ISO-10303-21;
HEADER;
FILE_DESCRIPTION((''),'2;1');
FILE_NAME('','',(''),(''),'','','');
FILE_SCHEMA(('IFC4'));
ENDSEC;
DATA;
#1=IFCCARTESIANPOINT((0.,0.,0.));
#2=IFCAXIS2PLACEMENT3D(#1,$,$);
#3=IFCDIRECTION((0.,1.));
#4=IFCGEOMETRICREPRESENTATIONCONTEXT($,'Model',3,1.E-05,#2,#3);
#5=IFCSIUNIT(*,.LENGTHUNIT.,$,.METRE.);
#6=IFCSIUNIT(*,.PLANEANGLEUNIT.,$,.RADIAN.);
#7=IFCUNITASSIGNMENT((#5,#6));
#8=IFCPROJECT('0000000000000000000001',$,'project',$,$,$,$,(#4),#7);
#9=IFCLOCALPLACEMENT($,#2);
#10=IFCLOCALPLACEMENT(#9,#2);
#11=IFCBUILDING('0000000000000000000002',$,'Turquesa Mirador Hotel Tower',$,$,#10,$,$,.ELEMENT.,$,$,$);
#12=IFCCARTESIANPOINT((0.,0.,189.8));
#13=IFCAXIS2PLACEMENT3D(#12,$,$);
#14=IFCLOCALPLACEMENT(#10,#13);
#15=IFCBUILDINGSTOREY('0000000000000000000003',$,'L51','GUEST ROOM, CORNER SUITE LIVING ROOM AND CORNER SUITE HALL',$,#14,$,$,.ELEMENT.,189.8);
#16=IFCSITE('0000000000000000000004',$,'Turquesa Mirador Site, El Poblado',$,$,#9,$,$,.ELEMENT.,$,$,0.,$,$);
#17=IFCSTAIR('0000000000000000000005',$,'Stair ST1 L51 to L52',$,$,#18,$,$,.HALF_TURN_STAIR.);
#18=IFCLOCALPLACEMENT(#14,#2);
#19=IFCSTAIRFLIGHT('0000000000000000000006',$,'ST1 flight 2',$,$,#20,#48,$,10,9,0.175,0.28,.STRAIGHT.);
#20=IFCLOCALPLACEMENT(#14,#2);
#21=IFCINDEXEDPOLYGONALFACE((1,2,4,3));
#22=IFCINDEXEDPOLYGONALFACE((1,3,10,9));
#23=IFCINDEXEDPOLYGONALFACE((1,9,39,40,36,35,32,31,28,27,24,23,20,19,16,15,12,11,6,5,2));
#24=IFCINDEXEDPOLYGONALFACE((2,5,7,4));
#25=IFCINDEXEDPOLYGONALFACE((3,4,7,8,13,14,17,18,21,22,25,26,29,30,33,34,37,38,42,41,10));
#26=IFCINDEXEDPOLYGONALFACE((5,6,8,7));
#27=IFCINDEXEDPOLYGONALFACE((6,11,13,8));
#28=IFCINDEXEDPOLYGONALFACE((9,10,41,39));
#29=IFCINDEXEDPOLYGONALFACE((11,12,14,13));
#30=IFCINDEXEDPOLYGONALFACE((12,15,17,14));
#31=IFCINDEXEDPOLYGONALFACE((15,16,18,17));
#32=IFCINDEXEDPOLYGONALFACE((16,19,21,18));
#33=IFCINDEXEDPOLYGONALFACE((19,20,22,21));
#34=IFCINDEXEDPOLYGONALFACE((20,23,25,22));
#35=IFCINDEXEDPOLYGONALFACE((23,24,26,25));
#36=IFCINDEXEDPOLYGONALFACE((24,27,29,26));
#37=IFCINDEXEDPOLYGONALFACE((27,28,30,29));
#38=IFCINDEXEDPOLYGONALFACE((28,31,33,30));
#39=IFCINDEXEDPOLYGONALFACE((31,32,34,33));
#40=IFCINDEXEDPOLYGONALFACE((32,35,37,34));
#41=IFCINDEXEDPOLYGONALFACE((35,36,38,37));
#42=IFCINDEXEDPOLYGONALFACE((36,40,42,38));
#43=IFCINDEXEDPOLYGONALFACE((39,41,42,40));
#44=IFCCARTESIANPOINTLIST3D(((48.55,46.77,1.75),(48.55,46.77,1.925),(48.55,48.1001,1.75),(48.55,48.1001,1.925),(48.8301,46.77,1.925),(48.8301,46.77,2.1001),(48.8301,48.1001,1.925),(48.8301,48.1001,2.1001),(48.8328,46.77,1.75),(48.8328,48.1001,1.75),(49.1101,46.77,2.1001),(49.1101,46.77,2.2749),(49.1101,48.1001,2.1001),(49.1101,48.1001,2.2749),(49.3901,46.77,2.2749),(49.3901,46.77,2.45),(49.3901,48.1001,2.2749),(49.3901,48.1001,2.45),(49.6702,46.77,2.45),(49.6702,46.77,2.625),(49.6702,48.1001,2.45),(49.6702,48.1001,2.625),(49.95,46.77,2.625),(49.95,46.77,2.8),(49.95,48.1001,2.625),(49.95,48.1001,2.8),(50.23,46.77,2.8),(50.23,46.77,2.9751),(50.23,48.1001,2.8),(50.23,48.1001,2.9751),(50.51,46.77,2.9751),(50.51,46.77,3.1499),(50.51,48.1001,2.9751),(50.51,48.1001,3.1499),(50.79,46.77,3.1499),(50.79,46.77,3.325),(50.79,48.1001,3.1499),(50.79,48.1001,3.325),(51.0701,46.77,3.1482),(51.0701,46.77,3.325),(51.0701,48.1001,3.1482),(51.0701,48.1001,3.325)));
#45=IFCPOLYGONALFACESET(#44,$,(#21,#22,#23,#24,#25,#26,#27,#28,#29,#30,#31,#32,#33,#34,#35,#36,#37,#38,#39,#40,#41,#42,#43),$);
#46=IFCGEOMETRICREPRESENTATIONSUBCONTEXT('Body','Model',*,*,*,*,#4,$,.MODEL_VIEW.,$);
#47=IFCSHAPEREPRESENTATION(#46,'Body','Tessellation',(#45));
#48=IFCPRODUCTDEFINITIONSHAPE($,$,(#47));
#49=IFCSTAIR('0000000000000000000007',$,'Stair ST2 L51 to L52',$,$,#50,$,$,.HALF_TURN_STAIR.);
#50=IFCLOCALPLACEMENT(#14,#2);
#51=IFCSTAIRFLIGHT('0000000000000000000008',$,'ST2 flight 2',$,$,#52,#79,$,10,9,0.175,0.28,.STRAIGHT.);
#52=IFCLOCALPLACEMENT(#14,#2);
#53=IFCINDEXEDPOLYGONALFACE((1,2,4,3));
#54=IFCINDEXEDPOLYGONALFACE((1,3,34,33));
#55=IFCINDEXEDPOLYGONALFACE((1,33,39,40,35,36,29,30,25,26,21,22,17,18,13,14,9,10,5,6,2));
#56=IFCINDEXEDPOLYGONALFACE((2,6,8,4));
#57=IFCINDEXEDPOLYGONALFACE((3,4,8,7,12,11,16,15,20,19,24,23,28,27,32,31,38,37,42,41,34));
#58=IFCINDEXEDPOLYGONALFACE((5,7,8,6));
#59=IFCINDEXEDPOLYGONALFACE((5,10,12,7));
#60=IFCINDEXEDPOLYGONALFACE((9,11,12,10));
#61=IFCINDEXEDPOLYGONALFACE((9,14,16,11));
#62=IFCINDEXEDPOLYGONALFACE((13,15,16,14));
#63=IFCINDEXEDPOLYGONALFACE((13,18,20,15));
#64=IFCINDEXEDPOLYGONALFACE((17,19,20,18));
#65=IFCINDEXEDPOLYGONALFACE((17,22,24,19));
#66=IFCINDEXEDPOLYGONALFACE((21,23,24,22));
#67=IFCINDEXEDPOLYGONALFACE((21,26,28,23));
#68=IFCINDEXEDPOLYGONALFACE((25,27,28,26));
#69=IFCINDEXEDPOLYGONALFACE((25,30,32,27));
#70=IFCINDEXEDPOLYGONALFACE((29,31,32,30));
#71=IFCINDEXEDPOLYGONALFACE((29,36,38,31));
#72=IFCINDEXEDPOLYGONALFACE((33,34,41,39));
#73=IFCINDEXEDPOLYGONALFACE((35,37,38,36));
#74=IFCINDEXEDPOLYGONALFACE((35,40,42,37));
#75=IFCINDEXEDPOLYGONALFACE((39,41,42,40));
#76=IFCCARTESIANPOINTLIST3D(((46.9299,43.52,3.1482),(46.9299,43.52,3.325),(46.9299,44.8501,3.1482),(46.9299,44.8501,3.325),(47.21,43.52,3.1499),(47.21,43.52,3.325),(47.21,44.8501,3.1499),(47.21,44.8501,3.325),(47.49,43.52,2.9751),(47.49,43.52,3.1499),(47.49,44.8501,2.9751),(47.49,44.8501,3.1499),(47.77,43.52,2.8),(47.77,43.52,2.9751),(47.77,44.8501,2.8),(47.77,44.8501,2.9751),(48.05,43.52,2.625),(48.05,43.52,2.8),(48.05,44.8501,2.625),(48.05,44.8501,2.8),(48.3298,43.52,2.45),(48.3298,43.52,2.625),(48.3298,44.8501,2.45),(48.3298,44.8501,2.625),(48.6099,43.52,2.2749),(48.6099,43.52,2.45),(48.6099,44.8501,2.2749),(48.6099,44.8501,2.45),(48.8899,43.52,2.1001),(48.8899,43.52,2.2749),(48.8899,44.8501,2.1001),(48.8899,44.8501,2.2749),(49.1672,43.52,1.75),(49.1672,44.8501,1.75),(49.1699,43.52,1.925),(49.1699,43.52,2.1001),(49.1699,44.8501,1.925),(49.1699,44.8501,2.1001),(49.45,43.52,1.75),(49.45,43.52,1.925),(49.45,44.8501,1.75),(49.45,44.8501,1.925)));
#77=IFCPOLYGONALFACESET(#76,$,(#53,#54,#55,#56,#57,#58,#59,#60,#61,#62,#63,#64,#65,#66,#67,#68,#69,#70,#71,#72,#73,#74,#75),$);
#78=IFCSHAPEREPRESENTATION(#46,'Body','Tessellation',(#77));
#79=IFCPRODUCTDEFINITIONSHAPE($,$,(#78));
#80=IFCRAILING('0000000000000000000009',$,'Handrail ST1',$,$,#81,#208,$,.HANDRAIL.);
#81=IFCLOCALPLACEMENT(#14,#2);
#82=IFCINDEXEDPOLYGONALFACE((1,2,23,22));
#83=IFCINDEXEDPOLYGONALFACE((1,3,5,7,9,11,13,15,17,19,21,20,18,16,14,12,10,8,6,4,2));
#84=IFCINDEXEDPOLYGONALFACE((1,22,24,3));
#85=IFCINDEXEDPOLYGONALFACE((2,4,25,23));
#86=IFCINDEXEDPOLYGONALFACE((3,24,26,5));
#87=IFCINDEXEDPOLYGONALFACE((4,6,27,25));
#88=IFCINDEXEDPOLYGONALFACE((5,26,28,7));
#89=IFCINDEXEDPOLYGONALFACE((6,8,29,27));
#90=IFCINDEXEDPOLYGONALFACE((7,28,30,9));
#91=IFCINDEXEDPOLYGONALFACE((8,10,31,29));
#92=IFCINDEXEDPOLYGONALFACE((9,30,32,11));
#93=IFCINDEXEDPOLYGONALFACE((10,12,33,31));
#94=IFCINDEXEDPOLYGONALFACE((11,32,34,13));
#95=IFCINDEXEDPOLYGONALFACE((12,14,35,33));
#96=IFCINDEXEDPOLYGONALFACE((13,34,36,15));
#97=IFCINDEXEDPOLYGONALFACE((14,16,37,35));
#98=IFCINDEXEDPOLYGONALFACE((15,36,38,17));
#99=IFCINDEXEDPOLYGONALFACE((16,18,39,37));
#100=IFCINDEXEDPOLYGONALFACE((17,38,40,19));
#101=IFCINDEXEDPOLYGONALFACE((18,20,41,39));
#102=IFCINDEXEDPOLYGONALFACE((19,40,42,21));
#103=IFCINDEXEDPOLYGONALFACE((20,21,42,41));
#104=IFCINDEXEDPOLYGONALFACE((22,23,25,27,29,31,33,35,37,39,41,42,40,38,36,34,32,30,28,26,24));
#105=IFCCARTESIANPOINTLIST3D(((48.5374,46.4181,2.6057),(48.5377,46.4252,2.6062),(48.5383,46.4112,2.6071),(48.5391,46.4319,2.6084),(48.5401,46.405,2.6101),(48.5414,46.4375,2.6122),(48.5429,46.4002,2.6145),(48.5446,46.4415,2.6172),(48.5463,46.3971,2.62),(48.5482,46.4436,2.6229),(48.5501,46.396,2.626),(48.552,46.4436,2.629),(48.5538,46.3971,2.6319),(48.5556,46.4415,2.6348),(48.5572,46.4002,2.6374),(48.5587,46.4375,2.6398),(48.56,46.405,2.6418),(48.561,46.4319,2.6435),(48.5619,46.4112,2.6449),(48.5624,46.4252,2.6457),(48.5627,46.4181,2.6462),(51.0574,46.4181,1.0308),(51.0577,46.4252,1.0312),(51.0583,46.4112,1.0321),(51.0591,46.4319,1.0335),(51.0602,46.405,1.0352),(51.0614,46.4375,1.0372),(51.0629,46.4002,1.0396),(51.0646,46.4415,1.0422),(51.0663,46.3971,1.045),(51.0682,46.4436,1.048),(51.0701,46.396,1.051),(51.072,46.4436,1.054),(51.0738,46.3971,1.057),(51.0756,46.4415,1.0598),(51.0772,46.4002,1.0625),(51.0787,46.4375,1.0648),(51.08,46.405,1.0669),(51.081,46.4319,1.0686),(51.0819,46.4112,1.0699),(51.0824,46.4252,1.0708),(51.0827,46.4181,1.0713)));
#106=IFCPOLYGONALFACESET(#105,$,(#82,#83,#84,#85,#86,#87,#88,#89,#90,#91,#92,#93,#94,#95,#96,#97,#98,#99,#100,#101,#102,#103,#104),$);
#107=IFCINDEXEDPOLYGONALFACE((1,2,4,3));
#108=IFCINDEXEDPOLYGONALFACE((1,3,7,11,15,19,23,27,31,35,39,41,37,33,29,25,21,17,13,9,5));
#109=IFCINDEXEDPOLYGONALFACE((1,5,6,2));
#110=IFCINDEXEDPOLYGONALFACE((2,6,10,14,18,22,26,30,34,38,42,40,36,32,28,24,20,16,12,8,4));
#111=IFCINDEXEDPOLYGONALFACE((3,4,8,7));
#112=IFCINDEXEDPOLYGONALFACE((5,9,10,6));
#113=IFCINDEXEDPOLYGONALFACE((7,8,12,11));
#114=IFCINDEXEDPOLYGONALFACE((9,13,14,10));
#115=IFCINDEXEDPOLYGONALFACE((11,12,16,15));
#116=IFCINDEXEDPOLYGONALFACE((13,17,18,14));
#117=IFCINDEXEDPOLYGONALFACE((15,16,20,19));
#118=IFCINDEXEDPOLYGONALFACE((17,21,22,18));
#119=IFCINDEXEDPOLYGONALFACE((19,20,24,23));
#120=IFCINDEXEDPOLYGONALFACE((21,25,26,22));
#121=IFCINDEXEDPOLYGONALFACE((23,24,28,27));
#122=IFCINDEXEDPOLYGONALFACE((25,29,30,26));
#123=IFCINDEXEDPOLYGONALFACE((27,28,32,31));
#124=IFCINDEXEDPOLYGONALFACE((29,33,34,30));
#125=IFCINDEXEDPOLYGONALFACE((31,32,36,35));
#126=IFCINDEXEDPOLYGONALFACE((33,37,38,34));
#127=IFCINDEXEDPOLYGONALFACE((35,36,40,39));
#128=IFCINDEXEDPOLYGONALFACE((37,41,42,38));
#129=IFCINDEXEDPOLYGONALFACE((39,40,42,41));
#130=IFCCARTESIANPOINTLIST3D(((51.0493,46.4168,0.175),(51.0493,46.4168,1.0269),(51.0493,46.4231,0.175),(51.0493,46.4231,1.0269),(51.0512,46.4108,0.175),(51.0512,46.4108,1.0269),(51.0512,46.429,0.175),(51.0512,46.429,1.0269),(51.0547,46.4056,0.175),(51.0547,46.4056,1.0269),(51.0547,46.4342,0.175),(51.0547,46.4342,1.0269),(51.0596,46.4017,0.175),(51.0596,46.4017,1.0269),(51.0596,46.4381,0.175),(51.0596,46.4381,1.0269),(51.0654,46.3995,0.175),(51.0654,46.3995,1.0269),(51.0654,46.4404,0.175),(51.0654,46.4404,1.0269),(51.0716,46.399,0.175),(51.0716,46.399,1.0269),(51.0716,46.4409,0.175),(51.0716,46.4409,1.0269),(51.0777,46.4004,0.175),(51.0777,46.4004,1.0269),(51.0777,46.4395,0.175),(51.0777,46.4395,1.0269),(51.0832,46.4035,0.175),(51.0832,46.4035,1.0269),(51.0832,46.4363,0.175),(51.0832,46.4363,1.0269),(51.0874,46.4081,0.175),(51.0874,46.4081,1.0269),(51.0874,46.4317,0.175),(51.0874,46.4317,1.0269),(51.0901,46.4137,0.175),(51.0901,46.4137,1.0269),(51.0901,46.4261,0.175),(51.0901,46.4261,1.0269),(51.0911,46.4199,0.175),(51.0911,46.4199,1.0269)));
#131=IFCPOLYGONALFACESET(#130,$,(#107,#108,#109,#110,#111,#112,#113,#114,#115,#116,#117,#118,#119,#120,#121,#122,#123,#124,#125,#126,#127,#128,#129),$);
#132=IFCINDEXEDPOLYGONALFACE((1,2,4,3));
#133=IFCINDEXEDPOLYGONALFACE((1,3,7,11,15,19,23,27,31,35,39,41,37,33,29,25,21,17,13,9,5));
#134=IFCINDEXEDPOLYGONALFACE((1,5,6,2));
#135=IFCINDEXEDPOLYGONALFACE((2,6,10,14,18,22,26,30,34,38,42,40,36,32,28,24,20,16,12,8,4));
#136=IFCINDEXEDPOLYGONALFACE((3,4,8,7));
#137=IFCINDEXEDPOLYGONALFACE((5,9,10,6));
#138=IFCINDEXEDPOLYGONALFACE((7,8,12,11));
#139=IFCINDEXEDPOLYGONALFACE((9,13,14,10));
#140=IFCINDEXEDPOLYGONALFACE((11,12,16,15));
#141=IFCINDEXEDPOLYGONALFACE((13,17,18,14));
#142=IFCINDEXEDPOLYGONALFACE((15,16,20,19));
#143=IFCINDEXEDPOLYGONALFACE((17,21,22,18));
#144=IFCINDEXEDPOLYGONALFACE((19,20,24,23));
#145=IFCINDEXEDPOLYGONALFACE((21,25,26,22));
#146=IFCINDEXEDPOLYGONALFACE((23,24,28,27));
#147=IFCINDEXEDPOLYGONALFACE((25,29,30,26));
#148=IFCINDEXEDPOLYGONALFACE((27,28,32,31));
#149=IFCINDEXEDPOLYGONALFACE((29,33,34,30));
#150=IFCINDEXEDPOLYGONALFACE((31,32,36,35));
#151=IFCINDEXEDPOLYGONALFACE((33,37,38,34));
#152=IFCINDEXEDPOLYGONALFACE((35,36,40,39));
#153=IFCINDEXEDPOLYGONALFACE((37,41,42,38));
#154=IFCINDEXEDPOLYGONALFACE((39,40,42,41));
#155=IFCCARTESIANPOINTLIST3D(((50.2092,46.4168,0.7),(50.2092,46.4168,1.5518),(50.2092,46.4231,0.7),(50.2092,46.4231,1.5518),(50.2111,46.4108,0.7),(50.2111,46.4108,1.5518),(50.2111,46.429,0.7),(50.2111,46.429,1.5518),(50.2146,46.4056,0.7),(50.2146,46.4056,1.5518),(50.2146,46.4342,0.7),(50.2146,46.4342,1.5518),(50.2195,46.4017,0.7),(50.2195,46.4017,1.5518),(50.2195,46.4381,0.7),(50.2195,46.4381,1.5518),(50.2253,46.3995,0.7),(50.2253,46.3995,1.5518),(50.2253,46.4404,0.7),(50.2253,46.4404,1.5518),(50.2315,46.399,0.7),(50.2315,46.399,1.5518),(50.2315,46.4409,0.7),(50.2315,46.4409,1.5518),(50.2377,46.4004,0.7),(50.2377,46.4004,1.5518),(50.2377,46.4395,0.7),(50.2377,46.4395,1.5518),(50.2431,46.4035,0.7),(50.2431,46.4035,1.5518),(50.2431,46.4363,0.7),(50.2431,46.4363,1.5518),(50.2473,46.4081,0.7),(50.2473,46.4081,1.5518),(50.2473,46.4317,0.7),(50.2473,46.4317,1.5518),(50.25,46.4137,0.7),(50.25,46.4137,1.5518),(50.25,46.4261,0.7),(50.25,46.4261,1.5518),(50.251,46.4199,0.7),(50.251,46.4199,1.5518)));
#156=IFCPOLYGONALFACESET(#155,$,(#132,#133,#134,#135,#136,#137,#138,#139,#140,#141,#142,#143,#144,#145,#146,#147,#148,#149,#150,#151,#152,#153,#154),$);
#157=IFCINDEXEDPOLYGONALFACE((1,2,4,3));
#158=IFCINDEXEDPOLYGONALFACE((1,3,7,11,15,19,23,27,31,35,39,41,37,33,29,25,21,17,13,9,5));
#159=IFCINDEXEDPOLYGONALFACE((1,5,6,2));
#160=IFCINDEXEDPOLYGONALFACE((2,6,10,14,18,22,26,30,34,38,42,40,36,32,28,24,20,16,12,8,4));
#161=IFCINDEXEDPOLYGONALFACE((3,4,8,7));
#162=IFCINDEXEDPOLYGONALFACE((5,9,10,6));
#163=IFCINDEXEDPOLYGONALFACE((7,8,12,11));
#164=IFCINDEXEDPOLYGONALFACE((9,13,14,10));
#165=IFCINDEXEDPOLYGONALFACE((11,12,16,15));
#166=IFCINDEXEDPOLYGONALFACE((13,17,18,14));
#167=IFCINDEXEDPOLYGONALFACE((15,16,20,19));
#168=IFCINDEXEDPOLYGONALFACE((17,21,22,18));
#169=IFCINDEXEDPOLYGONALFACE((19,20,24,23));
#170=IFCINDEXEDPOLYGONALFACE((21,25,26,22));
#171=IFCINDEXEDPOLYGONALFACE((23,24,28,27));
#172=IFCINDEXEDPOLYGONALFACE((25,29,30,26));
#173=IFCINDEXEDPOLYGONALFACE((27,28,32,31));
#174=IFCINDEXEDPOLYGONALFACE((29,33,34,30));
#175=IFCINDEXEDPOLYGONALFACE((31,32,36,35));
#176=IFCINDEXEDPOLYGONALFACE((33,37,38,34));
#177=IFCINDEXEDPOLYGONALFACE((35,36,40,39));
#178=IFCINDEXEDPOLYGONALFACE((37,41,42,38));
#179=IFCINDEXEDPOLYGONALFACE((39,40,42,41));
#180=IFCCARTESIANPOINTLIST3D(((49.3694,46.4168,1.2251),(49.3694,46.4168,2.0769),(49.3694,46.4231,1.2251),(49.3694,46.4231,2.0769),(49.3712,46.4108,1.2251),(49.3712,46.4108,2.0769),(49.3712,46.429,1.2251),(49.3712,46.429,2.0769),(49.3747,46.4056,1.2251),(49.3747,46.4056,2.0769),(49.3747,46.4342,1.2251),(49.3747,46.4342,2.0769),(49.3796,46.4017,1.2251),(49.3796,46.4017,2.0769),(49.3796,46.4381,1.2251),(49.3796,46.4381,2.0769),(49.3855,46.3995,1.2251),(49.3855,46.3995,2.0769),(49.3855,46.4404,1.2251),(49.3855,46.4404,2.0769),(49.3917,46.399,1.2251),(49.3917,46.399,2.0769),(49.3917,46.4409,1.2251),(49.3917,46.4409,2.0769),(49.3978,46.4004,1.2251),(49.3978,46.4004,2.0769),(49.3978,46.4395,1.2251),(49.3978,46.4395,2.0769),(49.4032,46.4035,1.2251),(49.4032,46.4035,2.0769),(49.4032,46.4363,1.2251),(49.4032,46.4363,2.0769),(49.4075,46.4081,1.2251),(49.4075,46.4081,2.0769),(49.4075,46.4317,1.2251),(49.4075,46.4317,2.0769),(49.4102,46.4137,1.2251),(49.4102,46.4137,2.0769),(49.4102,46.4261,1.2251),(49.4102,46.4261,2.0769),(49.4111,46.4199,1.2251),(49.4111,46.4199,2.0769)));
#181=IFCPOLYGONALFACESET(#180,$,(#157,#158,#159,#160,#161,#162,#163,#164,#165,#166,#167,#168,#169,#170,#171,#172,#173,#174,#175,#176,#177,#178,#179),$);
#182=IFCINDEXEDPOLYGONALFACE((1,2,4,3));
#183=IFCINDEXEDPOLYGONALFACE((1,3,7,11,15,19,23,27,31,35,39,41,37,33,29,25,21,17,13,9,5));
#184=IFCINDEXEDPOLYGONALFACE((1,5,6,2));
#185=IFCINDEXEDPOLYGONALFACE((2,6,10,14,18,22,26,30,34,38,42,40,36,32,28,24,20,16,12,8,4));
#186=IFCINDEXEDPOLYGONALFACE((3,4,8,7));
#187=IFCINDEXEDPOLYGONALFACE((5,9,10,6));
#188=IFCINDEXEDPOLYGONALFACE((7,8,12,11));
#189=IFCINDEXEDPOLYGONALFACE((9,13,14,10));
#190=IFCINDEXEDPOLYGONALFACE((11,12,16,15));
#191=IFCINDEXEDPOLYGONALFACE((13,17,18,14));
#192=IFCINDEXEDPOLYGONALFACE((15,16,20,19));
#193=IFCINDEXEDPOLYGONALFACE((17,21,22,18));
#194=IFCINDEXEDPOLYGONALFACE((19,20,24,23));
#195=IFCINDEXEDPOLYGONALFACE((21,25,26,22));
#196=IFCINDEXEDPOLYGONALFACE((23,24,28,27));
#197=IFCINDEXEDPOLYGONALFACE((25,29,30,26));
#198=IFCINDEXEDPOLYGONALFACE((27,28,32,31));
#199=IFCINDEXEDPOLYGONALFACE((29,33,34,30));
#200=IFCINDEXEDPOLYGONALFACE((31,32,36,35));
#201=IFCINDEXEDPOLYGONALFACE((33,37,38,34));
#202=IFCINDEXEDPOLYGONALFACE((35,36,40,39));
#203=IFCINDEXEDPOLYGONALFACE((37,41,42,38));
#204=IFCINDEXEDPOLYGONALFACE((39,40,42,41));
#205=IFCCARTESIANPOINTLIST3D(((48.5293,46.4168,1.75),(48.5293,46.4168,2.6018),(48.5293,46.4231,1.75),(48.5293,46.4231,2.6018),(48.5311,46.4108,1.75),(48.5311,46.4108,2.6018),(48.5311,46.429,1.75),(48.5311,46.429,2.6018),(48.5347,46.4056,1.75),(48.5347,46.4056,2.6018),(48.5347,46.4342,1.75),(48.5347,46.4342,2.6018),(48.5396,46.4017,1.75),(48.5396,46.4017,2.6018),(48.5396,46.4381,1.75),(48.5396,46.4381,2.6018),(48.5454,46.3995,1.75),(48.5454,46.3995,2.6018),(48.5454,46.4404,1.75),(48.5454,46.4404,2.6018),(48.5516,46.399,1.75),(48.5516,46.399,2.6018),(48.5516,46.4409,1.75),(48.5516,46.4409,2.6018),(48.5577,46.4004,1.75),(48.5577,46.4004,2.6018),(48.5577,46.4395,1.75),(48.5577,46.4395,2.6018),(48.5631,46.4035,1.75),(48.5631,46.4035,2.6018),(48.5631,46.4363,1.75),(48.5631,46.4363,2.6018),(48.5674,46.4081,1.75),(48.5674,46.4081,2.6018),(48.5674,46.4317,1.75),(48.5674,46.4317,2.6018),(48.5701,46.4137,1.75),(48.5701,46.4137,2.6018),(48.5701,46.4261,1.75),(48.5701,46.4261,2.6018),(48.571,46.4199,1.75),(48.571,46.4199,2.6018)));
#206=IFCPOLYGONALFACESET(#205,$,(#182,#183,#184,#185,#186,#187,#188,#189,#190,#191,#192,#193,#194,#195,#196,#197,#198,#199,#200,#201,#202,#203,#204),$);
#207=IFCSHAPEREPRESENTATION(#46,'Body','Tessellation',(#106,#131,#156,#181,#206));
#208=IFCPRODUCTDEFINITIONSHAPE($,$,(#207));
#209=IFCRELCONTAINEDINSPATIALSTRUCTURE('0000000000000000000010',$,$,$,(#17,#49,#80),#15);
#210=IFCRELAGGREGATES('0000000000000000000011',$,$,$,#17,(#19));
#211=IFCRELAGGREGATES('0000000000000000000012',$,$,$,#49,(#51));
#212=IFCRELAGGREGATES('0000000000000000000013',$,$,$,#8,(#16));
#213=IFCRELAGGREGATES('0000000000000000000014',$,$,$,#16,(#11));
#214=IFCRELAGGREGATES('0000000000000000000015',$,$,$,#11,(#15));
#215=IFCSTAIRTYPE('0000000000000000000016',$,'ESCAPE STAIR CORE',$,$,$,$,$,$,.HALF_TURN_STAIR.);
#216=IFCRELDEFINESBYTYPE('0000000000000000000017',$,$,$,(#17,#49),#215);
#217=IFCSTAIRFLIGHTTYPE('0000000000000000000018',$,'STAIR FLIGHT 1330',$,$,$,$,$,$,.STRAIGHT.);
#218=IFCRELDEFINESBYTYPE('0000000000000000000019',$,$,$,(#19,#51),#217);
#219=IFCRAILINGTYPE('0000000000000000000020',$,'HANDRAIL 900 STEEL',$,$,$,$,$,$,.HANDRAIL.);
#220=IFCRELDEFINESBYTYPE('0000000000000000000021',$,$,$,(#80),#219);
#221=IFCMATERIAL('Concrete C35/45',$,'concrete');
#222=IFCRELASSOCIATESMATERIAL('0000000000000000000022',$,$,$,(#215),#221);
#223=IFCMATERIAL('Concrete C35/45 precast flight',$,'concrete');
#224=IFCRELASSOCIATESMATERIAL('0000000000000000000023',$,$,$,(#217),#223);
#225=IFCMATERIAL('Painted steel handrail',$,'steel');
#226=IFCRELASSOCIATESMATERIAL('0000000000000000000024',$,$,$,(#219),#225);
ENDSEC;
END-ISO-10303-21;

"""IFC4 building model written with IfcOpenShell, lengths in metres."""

from ifc_helpers import new_model, si_unit, direction, frame, origin, origin_2d, place, context, subcontext, project, spatial, polyline, circle, outline, extrude, material, type_object, element, aggregate, save


model = new_model("IFC4")

# Units and contexts
model_context = context("Model", 3, precision=1e-05, world=origin(), true_north=direction((0.0, 1.0)))
body_context = subcontext(model_context, "Body", "Model", "MODEL_VIEW")
ifc_project = project(units=[si_unit("LENGTHUNIT", "METRE"), si_unit("PLANEANGLEUNIT", "RADIAN")], contexts=[model_context])

# Site, building, storey
site_placement = place(None, origin())
site = spatial("IfcSite", under=ifc_project, at=site_placement, Name="Turquesa Mirador Site, El Poblado", CompositionType="ELEMENT", RefElevation=0.0)
building_placement = place(site_placement, origin())
building = spatial("IfcBuilding", under=site, at=building_placement, Name="Turquesa Mirador Hotel Tower", CompositionType="ELEMENT")
storey_placement = place(building_placement, frame((0.0, 0.0, 189.8)))
storey = spatial("IfcBuildingStorey", under=building, at=storey_placement, Name="L51", Description="GUEST ROOM, CORNER SUITE LIVING ROOM AND CORNER SUITE HALL", CompositionType="ELEMENT", Elevation=189.8)

# Stair, stair flight
ifc_material_1 = material(Name="Concrete C35/45", Category="concrete")
stair_type = type_object("IfcStairType", Name="ESCAPE STAIR CORE", PredefinedType="HALF_TURN_STAIR", material=ifc_material_1)
stair_1_placement = place(storey_placement, origin())
stair_1 = element("IfcStair", 1, at=stair_1_placement, inside=storey, type_object=stair_type, Name="Stair ST1 L51 to L52", PredefinedType="HALF_TURN_STAIR")
ifc_material_2 = material(Name="Concrete C35/45 precast flight", Category="concrete")
stair_flight_type = type_object("IfcStairFlightType", Name="STAIR FLIGHT 1330", PredefinedType="STRAIGHT", material=ifc_material_2)
stair_flight_1_placement = place(storey_placement, frame((48.55, 47.4351, 1.75), z_axis=(0.0, 0.0, 1.0), x_axis=(1.0, 0.0, 0.0)))
stair_flight_1 = element("IfcStairFlight", 2, at=stair_flight_1_placement, type_object=stair_flight_type, Name="ST1 flight 2", NumberOfRisers=10, NumberOfTreads=9, PredefinedType="STRAIGHT", RiserHeight=0.175, TreadLength=0.28, context=body_context, shape_type="SweptSolid", body=[
    extrude(outline(polyline([(0.0, 0.0), (0.0, 0.175), (0.28, 0.175), (0.28, 0.3501), (0.5601, 0.3501), (0.5601, 0.5249), (0.8401, 0.5249), (0.8401, 0.7), (1.1201, 0.7), (1.1201, 0.875), (1.3999, 0.875), (1.3999, 1.05), (1.6799, 1.05), (1.6799, 1.2251), (1.96, 1.2251), (1.96, 1.3999), (2.24, 1.3999), (2.24, 1.575), (2.52, 1.575), (2.52, 1.75), (2.52, 1.3982), (0.2827, 0.0), (0.0, 0.0)])), frame((0.0, 0.665, 0.0), z_axis=(0.0, -1.0, 0.0), x_axis=(1.0, 0.0, 0.0)), (0.0, 0.0, 1.0), 1.3301),
])
aggregate(stair_1, [stair_flight_1])

# Stair, stair flight
stair_2_placement = place(storey_placement, origin())
stair_2 = element("IfcStair", 3, at=stair_2_placement, inside=storey, type_object=stair_type, Name="Stair ST2 L51 to L52", PredefinedType="HALF_TURN_STAIR")
stair_flight_2_placement = place(storey_placement, frame((49.45, 44.1851, 1.75), z_axis=(0.0, 0.0, 1.0), x_axis=(-1.0, 0.0, 0.0)))
stair_flight_2 = element("IfcStairFlight", 4, at=stair_flight_2_placement, type_object=stair_flight_type, Name="ST2 flight 2", NumberOfRisers=10, NumberOfTreads=9, PredefinedType="STRAIGHT", RiserHeight=0.175, TreadLength=0.28, context=body_context, shape_type="SweptSolid", body=[
    extrude(outline(polyline([(0.0, 0.0), (0.0, 0.175), (0.28, 0.175), (0.28, 0.3501), (0.5601, 0.3501), (0.5601, 0.5249), (0.8401, 0.5249), (0.8401, 0.7), (1.1201, 0.7), (1.1201, 0.875), (1.3999, 0.875), (1.3999, 1.05), (1.6799, 1.05), (1.6799, 1.2251), (1.96, 1.2251), (1.96, 1.3999), (2.24, 1.3999), (2.24, 1.575), (2.52, 1.575), (2.52, 1.75), (2.52, 1.3982), (0.2827, 0.0), (0.0, 0.0)])), frame((0.0, 0.665, 0.0), z_axis=(0.0, -1.0, 0.0), x_axis=(1.0, 0.0, 0.0)), (0.0, 0.0, 1.0), 1.3301),
])
aggregate(stair_2, [stair_flight_2])

# Railing
ifc_material_3 = material(Name="Painted steel handrail", Category="steel")
railing_type = type_object("IfcRailingType", Name="HANDRAIL 900 STEEL", PredefinedType="HANDRAIL", material=ifc_material_3)
railing_1_placement = place(storey_placement, frame((51.0701, 46.4199, 0.175)))
element("IfcRailing", 5, at=railing_1_placement, inside=storey, type_object=railing_type, Name="Handrail ST1", PredefinedType="HANDRAIL", context=body_context, shape_type="SweptSolid", body=[
    extrude(circle(Radius=0.0239, at=origin_2d()), frame((0.0, 0.0, 0.876), z_axis=(-0.848008, 0.0, 0.529984), x_axis=(0.0, -1.0, 0.0)), (0.0, 0.0, 1.0), 2.9717),
    extrude(circle(Radius=0.021, at=origin_2d()), origin(), (0.0, 0.0, 1.0), 0.8518),
    extrude(circle(Radius=0.021, at=origin_2d()), frame((-0.8401, 0.0, 0.5249)), (0.0, 0.0, 1.0), 0.8518),
    extrude(circle(Radius=0.021, at=origin_2d()), frame((-1.6799, 0.0, 1.05)), (0.0, 0.0, 1.0), 0.8518),
    extrude(circle(Radius=0.021, at=origin_2d()), frame((-2.52, 0.0, 1.575)), (0.0, 0.0, 1.0), 0.8518),
])

save(model, "model.ifc")
